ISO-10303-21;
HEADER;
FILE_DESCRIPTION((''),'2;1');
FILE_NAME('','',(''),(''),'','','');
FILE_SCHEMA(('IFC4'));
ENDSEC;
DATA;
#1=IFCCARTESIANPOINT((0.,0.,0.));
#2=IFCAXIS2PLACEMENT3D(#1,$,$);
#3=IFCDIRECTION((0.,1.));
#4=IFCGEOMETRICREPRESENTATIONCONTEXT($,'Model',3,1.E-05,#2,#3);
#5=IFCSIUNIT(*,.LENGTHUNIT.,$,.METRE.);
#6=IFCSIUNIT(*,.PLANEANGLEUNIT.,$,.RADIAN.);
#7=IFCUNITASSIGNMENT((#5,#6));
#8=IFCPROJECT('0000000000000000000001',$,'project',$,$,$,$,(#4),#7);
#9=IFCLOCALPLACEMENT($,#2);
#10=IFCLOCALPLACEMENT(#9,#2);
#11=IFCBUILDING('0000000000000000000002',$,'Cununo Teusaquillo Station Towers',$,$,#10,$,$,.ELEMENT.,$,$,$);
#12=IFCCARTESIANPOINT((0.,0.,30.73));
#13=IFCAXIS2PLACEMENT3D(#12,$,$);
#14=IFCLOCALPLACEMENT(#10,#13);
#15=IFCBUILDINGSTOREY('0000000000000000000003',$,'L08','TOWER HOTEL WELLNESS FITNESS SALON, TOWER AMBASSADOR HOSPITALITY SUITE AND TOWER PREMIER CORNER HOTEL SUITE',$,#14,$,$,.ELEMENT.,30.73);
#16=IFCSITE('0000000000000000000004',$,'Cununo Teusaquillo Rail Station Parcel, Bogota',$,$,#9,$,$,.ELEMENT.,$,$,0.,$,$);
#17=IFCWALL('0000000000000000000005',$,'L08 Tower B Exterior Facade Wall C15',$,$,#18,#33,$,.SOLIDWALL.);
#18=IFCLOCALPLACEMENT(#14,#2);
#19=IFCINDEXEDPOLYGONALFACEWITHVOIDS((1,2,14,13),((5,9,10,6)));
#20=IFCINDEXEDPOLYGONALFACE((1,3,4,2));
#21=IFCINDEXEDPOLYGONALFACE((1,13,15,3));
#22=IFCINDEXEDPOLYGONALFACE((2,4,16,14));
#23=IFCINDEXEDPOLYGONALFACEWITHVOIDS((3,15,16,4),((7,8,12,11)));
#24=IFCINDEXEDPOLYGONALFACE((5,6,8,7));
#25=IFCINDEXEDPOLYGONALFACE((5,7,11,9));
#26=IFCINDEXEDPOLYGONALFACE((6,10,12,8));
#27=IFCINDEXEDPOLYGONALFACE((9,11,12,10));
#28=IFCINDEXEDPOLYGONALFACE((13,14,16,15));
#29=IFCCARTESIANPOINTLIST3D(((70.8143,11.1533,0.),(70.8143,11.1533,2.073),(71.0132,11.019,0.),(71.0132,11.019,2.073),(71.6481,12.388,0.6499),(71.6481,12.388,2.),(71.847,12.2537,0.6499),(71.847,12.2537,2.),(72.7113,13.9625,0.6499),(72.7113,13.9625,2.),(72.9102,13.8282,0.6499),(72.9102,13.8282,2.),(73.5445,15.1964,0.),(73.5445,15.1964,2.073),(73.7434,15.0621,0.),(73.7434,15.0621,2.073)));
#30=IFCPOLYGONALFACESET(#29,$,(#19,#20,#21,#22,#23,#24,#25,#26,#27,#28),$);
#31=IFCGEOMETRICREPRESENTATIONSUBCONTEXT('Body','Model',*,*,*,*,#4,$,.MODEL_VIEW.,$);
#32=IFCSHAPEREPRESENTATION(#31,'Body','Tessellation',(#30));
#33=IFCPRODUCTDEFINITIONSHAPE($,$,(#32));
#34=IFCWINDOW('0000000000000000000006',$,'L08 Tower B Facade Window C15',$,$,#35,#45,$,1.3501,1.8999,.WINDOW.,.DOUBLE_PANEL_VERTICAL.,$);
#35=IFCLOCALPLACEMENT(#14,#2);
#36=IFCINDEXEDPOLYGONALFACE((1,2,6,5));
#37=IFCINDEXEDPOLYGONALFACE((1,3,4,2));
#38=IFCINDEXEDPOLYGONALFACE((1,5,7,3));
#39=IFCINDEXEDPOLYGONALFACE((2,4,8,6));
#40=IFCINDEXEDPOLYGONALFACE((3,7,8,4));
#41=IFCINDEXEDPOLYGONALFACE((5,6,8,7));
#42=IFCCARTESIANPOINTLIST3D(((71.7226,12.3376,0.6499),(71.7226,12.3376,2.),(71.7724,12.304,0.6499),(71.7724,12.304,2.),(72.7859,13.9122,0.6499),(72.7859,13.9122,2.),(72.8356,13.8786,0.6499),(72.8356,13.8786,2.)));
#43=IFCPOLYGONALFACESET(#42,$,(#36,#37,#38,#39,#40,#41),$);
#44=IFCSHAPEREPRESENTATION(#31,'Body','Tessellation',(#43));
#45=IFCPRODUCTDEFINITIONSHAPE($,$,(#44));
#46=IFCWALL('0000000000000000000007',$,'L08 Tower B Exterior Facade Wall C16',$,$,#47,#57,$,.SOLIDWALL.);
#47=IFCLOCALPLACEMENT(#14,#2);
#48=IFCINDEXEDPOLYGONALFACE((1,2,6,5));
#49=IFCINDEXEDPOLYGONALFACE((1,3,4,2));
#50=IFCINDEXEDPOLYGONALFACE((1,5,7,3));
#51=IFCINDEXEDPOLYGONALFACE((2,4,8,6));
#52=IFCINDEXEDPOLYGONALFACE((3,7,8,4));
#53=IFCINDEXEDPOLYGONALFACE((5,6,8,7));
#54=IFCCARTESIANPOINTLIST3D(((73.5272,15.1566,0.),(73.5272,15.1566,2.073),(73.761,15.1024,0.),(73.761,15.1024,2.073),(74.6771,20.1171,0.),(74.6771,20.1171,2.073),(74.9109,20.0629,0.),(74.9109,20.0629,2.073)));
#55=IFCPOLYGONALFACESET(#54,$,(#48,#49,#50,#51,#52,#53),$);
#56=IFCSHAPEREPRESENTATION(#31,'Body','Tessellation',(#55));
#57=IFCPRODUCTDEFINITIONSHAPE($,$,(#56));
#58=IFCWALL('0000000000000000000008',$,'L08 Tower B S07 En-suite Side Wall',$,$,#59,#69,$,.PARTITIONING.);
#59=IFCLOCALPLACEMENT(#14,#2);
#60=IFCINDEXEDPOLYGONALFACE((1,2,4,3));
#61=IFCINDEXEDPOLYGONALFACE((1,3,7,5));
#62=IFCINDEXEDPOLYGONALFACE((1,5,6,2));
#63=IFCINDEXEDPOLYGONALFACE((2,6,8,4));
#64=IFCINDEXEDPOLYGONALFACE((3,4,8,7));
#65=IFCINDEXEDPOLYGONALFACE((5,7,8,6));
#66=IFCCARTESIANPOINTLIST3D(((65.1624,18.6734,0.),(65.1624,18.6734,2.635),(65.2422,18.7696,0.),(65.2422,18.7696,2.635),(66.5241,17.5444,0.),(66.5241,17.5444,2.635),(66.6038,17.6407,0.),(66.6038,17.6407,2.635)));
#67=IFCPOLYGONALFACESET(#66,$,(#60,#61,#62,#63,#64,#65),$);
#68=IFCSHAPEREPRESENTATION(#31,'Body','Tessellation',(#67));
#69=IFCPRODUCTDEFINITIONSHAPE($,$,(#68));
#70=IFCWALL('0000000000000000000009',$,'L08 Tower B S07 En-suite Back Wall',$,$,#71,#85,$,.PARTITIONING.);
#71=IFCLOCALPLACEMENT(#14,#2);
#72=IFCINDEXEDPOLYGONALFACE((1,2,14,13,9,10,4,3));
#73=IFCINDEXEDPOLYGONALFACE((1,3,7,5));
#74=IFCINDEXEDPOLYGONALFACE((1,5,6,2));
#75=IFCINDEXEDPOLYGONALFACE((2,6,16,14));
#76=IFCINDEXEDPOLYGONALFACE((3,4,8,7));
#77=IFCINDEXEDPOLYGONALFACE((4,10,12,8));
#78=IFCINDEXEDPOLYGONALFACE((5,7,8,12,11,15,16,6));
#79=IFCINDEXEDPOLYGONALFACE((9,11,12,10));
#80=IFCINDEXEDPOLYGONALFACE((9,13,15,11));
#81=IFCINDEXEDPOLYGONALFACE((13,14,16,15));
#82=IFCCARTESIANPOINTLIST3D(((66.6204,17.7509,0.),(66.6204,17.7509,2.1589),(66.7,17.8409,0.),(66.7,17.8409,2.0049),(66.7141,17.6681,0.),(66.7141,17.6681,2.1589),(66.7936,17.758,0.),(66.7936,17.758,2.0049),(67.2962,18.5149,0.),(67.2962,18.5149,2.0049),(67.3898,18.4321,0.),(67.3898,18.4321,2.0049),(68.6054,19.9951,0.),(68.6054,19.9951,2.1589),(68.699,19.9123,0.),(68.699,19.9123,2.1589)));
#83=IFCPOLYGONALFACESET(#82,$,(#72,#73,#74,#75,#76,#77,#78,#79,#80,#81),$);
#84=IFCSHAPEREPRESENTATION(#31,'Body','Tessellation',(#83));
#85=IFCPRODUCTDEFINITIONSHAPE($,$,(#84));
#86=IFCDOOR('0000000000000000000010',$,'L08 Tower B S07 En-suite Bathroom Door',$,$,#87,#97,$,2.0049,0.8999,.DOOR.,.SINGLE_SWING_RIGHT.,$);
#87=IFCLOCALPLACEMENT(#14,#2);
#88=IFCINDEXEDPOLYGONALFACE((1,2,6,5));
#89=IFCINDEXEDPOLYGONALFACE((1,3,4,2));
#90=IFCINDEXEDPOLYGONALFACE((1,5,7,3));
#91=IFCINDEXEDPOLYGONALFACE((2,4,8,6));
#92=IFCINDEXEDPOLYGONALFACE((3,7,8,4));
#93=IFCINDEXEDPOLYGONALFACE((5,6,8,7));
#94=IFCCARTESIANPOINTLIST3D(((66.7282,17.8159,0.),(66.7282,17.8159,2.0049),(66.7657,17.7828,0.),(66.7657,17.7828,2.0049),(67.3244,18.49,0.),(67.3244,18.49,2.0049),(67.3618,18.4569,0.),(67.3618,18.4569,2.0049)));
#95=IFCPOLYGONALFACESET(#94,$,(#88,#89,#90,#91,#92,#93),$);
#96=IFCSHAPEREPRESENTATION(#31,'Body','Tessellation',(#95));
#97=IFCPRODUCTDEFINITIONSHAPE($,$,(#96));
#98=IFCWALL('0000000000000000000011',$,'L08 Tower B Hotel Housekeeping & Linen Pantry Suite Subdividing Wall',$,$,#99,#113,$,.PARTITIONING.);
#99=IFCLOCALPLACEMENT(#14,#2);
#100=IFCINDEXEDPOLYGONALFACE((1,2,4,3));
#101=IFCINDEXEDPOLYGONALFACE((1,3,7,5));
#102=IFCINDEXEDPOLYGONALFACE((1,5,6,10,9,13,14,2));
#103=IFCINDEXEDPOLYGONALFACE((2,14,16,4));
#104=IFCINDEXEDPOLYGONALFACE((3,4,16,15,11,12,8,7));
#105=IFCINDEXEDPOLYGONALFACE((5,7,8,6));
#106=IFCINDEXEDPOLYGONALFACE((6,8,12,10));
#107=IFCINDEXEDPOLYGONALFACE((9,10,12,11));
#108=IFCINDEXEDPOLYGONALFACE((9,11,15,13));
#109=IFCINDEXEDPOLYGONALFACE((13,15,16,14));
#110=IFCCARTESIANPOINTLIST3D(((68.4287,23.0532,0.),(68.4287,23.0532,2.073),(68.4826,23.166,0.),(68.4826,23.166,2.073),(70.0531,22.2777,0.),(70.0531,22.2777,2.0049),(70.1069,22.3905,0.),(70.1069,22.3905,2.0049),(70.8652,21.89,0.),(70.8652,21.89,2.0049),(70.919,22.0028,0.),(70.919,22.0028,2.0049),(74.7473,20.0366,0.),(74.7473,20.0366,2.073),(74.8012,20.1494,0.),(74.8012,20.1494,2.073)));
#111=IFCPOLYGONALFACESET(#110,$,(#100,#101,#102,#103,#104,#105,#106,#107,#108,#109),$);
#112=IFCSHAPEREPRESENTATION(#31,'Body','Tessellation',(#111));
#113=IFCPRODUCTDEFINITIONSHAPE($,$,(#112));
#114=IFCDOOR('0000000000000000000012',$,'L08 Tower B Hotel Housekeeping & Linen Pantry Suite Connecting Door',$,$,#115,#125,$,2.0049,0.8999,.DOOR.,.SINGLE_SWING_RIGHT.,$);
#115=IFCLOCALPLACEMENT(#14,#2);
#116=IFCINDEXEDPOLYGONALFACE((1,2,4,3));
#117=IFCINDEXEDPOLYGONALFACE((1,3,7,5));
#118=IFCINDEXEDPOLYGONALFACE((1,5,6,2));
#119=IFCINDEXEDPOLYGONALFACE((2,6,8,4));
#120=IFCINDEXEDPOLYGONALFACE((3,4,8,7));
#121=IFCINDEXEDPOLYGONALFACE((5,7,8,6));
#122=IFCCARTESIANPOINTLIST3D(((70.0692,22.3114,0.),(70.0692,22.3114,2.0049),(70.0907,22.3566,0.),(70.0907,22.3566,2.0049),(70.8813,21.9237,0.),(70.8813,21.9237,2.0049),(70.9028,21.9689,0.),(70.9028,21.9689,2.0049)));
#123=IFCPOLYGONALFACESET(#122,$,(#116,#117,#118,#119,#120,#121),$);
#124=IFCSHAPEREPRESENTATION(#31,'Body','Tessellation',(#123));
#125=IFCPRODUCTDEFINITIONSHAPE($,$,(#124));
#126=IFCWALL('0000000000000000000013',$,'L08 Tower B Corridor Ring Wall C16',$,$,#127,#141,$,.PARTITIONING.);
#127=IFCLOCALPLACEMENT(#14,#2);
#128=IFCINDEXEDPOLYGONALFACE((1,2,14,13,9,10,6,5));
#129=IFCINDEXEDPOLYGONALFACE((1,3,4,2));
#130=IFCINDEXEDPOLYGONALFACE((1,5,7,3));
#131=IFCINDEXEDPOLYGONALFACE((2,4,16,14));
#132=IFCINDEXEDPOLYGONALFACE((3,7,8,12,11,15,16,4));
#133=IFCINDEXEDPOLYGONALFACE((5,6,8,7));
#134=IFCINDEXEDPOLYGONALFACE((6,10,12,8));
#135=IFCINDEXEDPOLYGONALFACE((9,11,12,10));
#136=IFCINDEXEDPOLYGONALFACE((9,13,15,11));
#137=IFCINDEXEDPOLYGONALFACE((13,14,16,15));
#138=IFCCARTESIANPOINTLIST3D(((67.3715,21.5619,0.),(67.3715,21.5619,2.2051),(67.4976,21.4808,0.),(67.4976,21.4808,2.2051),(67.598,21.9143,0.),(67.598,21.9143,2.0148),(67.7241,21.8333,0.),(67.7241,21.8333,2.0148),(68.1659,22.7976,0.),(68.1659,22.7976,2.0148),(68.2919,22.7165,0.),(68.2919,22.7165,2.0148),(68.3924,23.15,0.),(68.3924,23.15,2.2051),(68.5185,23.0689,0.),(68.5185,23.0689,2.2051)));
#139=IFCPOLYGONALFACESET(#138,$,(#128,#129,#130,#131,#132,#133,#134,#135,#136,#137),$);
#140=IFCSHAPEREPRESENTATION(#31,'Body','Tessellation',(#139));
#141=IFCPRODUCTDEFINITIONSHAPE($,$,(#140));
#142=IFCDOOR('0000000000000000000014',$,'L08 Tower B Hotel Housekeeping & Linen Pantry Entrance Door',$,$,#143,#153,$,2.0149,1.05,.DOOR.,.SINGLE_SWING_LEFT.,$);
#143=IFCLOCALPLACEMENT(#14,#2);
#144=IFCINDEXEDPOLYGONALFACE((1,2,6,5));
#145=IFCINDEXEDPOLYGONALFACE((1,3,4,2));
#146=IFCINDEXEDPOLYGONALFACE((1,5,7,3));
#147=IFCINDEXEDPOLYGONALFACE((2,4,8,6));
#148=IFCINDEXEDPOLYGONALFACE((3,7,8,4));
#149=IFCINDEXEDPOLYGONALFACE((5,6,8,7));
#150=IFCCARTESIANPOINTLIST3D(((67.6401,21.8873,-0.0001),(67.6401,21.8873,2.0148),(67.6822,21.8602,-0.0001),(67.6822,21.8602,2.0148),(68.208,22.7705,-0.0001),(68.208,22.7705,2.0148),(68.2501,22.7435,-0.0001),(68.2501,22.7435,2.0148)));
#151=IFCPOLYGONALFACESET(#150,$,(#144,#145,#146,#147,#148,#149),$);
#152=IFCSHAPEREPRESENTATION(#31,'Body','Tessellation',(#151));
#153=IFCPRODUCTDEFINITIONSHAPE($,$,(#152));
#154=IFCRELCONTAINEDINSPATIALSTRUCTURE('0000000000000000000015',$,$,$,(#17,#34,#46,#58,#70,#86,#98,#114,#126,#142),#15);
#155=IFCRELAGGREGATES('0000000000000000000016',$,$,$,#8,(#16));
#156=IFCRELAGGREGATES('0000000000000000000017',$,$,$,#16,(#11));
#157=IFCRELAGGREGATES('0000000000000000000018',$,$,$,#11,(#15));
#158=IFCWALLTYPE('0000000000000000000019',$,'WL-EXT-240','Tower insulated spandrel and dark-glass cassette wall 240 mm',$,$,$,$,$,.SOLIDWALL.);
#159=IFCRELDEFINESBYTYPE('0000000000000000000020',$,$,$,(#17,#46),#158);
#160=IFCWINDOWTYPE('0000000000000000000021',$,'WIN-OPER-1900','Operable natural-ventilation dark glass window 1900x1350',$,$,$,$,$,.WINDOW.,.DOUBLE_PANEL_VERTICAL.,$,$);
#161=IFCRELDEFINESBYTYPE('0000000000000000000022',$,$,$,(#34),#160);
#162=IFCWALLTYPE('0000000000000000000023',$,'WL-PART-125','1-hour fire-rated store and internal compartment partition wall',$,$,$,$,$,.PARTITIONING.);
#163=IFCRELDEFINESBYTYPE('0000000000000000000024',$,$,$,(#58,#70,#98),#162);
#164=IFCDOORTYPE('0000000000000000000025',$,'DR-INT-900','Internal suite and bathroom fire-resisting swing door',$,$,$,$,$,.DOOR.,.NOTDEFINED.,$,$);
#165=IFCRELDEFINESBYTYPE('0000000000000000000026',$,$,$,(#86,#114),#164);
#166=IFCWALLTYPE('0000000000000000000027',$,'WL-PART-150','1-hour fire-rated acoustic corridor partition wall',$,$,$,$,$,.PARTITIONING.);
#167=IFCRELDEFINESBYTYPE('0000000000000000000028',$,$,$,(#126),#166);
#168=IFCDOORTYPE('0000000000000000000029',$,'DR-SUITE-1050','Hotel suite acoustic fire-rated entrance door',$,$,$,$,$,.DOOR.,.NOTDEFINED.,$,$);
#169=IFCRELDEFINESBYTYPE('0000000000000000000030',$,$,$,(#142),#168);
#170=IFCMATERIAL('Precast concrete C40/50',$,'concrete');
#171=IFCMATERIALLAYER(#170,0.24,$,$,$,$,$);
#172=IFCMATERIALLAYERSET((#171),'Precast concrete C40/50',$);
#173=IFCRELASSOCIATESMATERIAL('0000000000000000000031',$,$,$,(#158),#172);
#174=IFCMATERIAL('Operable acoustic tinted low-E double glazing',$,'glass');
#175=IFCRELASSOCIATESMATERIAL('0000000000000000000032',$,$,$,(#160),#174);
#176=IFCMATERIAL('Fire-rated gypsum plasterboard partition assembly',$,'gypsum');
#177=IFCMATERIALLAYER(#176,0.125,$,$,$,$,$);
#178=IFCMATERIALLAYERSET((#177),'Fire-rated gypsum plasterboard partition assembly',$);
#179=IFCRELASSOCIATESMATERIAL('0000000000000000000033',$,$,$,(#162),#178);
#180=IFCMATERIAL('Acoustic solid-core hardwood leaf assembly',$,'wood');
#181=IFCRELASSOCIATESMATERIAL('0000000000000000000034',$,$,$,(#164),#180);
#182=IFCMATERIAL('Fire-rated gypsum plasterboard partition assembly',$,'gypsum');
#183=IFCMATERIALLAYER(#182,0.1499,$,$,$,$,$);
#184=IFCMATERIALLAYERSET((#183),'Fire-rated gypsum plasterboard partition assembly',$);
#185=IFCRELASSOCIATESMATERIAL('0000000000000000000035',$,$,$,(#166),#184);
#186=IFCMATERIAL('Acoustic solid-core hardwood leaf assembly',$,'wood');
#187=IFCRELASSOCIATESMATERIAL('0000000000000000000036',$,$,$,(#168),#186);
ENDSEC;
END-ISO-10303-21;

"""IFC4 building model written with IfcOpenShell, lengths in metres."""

from ifc_helpers import new_model, si_unit, direction, frame, frame_2d, origin, place, context, subcontext, project, spatial, rectangle, extrude, source, transform, mapped, material, layer, layer_set, type_object, element, fill, save


model = new_model("IFC4")

# Units and contexts
model_context = context("Model", 3, precision=1e-05, world=origin(), true_north=direction((0.0, 1.0)))
body_context = subcontext(model_context, "Body", "Model", "MODEL_VIEW")
ifc_project = project(units=[si_unit("LENGTHUNIT", "METRE"), si_unit("PLANEANGLEUNIT", "RADIAN")], contexts=[model_context])

# Site, building, storey
site_placement = place(None, origin())
site = spatial("IfcSite", under=ifc_project, at=site_placement, Name="Cununo Teusaquillo Rail Station Parcel, Bogota", CompositionType="ELEMENT", RefElevation=0.0)
building_placement = place(site_placement, origin())
building = spatial("IfcBuilding", under=site, at=building_placement, Name="Cununo Teusaquillo Station Towers", CompositionType="ELEMENT")
storey_placement = place(building_placement, frame((0.0, 0.0, 30.73)))
storey = spatial("IfcBuildingStorey", under=building, at=storey_placement, Name="L08", Description="TOWER HOTEL WELLNESS FITNESS SALON, TOWER AMBASSADOR HOSPITALITY SUITE AND TOWER PREMIER CORNER HOTEL SUITE", CompositionType="ELEMENT", Elevation=30.73)

# Shared definitions
ifc_material_1 = material(Name="Precast concrete C40/50", Category="concrete")
ifc_layer_1 = layer(ifc_material_1, 0.24)
ifc_layer_set_1 = layer_set([ifc_layer_1], Name="Precast concrete C40/50")
wall_type_1 = type_object("IfcWallType", Name="WL-EXT-240", Description="Tower insulated spandrel and dark-glass cassette wall 240 mm", PredefinedType="SOLIDWALL", material=ifc_layer_set_1)

# Wall, opening, window
wall_1_placement = place(storey_placement, frame((73.644, 15.1294, 0.0), z_axis=(0.0, 0.0, 1.0), x_axis=(-0.559622, -0.828748, 0.0)))
wall_1 = element("IfcWall", 1, at=wall_1_placement, inside=storey, type_object=wall_type_1, Name="L08 Tower B Exterior Facade Wall C15", PredefinedType="SOLIDWALL", context=body_context, shape_type="SweptSolid", body=[
    extrude(rectangle(XDim=4.8787, YDim=0.24, at=frame_2d((2.4395, 0.0))), origin(), (0.0, 0.0, 1.0), 2.073),
])
shared_shape_1 = source(origin(), body_context, "Body", "SweptSolid", [
    extrude(rectangle(XDim=1.8999, YDim=1.3501, at=frame_2d((0.95, 0.675))), frame((0.0, 0.1299, 0.0), z_axis=(0.0, -1.0, 0.0), x_axis=(1.0, 0.0, 0.0)), (0.0, 0.0, 1.0), 0.26),
])
opening_1_placement = place(wall_1_placement, frame((1.489, 0.0, 0.6499)))
opening_1 = element("IfcOpeningElement", 2, at=opening_1_placement, cuts=wall_1, PredefinedType="OPENING", context=body_context, shape_type="MappedRepresentation", body=[
    mapped(shared_shape_1, transform((0.0, 0.0, 0.0), x_axis=(1.0, 0.0, 0.0), y_axis=(0.0, 1.0, 0.0), z_axis=(0.0, 0.0, 1.0), scale=1.0)),
])
ifc_material_2 = material(Name="Operable acoustic tinted low-E double glazing", Category="glass")
window_type_1 = type_object("IfcWindowType", Name="WIN-OPER-1900", Description="Operable natural-ventilation dark glass window 1900x1350", PartitioningType="DOUBLE_PANEL_VERTICAL", PredefinedType="WINDOW", material=ifc_material_2)
shared_shape_2 = source(origin(), body_context, "Body", "SweptSolid", [
    extrude(rectangle(XDim=1.8999, YDim=1.3501, at=frame_2d((0.95, 0.675))), frame((0.0, 0.03, 0.0), z_axis=(0.0, -1.0, 0.0), x_axis=(1.0, 0.0, 0.0)), (0.0, 0.0, 1.0), 0.0601),
])
window_1_placement = place(opening_1_placement, origin())
window_1 = element("IfcWindow", 3, at=window_1_placement, inside=storey, type_object=window_type_1, Name="L08 Tower B Facade Window C15", OverallHeight=1.3501, OverallWidth=1.8999, PartitioningType="DOUBLE_PANEL_VERTICAL", PredefinedType="WINDOW", context=body_context, shape_type="MappedRepresentation", body=[
    mapped(shared_shape_2, transform((0.0, 0.0, 0.0), x_axis=(1.0, 0.0, 0.0), y_axis=(0.0, 1.0, 0.0), z_axis=(0.0, 0.0, 1.0), scale=1.0)),
])
fill(opening_1, window_1)

# Walls
wall_2_placement = place(storey_placement, frame((74.7939, 20.0898, 0.0), z_axis=(0.0, 0.0, 1.0), x_axis=(-0.225826, -0.974168, 0.0)))
element("IfcWall", 4, at=wall_2_placement, inside=storey, type_object=wall_type_1, Name="L08 Tower B Exterior Facade Wall C16", PredefinedType="SOLIDWALL", context=body_context, shape_type="SweptSolid", body=[
    extrude(rectangle(XDim=5.092, YDim=0.24, at=frame_2d((2.5459, 0.0))), origin(), (0.0, 0.0, 1.0), 2.073),
])
ifc_material_3 = material(Name="Fire-rated gypsum plasterboard partition assembly", Category="gypsum")
ifc_layer_2 = layer(ifc_material_3, 0.125)
ifc_layer_set_2 = layer_set([ifc_layer_2], Name="Fire-rated gypsum plasterboard partition assembly")
wall_type_2 = type_object("IfcWallType", Name="WL-PART-125", Description="1-hour fire-rated store and internal compartment partition wall", PredefinedType="PARTITIONING", material=ifc_layer_set_2)
wall_3_placement = place(storey_placement, frame((65.2024, 18.7214, 0.0), z_axis=(0.0, 0.0, 1.0), x_axis=(0.769814, -0.638268, 0.0)))
element("IfcWall", 5, at=wall_3_placement, inside=storey, type_object=wall_type_2, Name="L08 Tower B S07 En-suite Side Wall", PredefinedType="PARTITIONING", context=body_context, shape_type="SweptSolid", body=[
    extrude(rectangle(XDim=1.7688, YDim=0.125, at=frame_2d((0.8843, 0.0))), origin(), (0.0, 0.0, 1.0), 2.635),
])

# Walls, openings, doors
wall_4_placement = place(storey_placement, frame((66.6672, 17.7095, 0.0), z_axis=(0.0, 0.0, 1.0), x_axis=(0.662511, 0.749053, 0.0)))
wall_4 = element("IfcWall", 6, at=wall_4_placement, inside=storey, type_object=wall_type_2, Name="L08 Tower B S07 En-suite Back Wall", PredefinedType="PARTITIONING", context=body_context, shape_type="SweptSolid", body=[
    extrude(rectangle(XDim=2.9961, YDim=0.125, at=frame_2d((1.498, 0.0))), origin(), (0.0, 0.0, 1.0), 2.1589),
])
shared_shape_3 = source(origin(), body_context, "Body", "SweptSolid", [
    extrude(rectangle(XDim=0.8999, YDim=2.0049, at=frame_2d((0.45, 1.0024))), frame((0.0, 0.0725, 0.0), z_axis=(0.0, -1.0, 0.0), x_axis=(1.0, 0.0, 0.0)), (0.0, 0.0, 1.0), 0.145),
])
opening_2_placement = place(wall_4_placement, frame((0.1201, 0.0, 0.0)))
opening_2 = element("IfcOpeningElement", 7, at=opening_2_placement, cuts=wall_4, PredefinedType="OPENING", context=body_context, shape_type="MappedRepresentation", body=[
    mapped(shared_shape_3, transform((0.0, 0.0, 0.0), x_axis=(1.0, 0.0, 0.0), y_axis=(0.0, 1.0, 0.0), z_axis=(0.0, 0.0, 1.0), scale=1.0)),
])
ifc_material_4 = material(Name="Acoustic solid-core hardwood leaf assembly", Category="wood")
door_type_1 = type_object("IfcDoorType", Name="DR-INT-900", Description="Internal suite and bathroom fire-resisting swing door", OperationType="NOTDEFINED", PredefinedType="DOOR", material=ifc_material_4)
shared_shape_4 = source(origin(), body_context, "Body", "SweptSolid", [
    extrude(rectangle(XDim=0.8999, YDim=2.0049, at=frame_2d((0.45, 1.0024))), frame((0.0, 0.0249, 0.0), z_axis=(0.0, -1.0, 0.0), x_axis=(1.0, 0.0, 0.0)), (0.0, 0.0, 1.0), 0.05),
])
door_1_placement = place(opening_2_placement, origin())
door_1 = element("IfcDoor", 8, at=door_1_placement, inside=storey, type_object=door_type_1, Name="L08 Tower B S07 En-suite Bathroom Door", OperationType="SINGLE_SWING_RIGHT", OverallHeight=2.0049, OverallWidth=0.8999, PredefinedType="DOOR", context=body_context, shape_type="MappedRepresentation", body=[
    mapped(shared_shape_4, transform((0.0, 0.0, 0.0), x_axis=(1.0, 0.0, 0.0), y_axis=(0.0, 1.0, 0.0), z_axis=(0.0, 0.0, 1.0), scale=1.0)),
])
fill(opening_2, door_1)
wall_5_placement = place(storey_placement, frame((68.4556, 23.1096, 0.0), z_axis=(0.0, 0.0, 1.0), x_axis=(0.902431, -0.430835, 0.0)))
wall_5 = element("IfcWall", 9, at=wall_5_placement, inside=storey, type_object=wall_type_2, Name="L08 Tower B Hotel Housekeeping & Linen Pantry Suite Subdividing Wall", PredefinedType="PARTITIONING", context=body_context, shape_type="SweptSolid", body=[
    extrude(rectangle(XDim=7.0017, YDim=0.125, at=frame_2d((3.501, 0.0))), origin(), (0.0, 0.0, 1.0), 2.073),
])
opening_3_placement = place(wall_5_placement, frame((1.8, 0.0, 0.0)))
opening_3 = element("IfcOpeningElement", 10, at=opening_3_placement, cuts=wall_5, PredefinedType="OPENING", context=body_context, shape_type="MappedRepresentation", body=[
    mapped(shared_shape_3, transform((0.0, 0.0, 0.0), x_axis=(1.0, 0.0, 0.0), y_axis=(0.0, 1.0, 0.0), z_axis=(0.0, 0.0, 1.0), scale=1.0)),
])
door_2_placement = place(opening_3_placement, origin())
door_2 = element("IfcDoor", 11, at=door_2_placement, inside=storey, type_object=door_type_1, Name="L08 Tower B Hotel Housekeeping & Linen Pantry Suite Connecting Door", OperationType="SINGLE_SWING_RIGHT", OverallHeight=2.0049, OverallWidth=0.8999, PredefinedType="DOOR", context=body_context, shape_type="MappedRepresentation", body=[
    mapped(shared_shape_4, transform((0.0, 0.0, 0.0), x_axis=(1.0, 0.0, 0.0), y_axis=(0.0, 1.0, 0.0), z_axis=(0.0, 0.0, 1.0), scale=1.0)),
])
fill(opening_3, door_2)
ifc_material_5 = material(Name="Fire-rated gypsum plasterboard partition assembly", Category="gypsum")
ifc_layer_3 = layer(ifc_material_5, 0.1499)
ifc_layer_set_3 = layer_set([ifc_layer_3], Name="Fire-rated gypsum plasterboard partition assembly")
wall_type_3 = type_object("IfcWallType", Name="WL-PART-150", Description="1-hour fire-rated acoustic corridor partition wall", PredefinedType="PARTITIONING", material=ifc_layer_set_3)
wall_6_placement = place(storey_placement, frame((67.4346, 21.5215, 0.0), z_axis=(0.0, 0.0, 1.0), x_axis=(0.540777, 0.841166, 0.0)))
wall_6 = element("IfcWall", 12, at=wall_6_placement, inside=storey, type_object=wall_type_3, Name="L08 Tower B Corridor Ring Wall C16", PredefinedType="PARTITIONING", context=body_context, shape_type="SweptSolid", body=[
    extrude(rectangle(XDim=1.8879, YDim=0.1499, at=frame_2d((0.9438, 0.0))), origin(), (0.0, 0.0, 1.0), 2.2051),
])
shared_shape_5 = source(origin(), body_context, "Body", "SweptSolid", [
    extrude(rectangle(XDim=1.05, YDim=2.0149, at=frame_2d((0.5249, 1.0073))), frame((0.0, 0.085, 0.0), z_axis=(0.0, -1.0, 0.0), x_axis=(1.0, 0.0, 0.0)), (0.0, 0.0, 1.0), 0.1699),
])
opening_4_placement = place(wall_6_placement, frame((0.4189, 0.0, 0.0)))
opening_4 = element("IfcOpeningElement", 13, at=opening_4_placement, cuts=wall_6, PredefinedType="OPENING", context=body_context, shape_type="MappedRepresentation", body=[
    mapped(shared_shape_5, transform((0.0, 0.0, 0.0), x_axis=(1.0, 0.0, 0.0), y_axis=(0.0, 1.0, 0.0), z_axis=(0.0, 0.0, 1.0), scale=1.0)),
])
ifc_material_6 = material(Name="Acoustic solid-core hardwood leaf assembly", Category="wood")
door_type_2 = type_object("IfcDoorType", Name="DR-SUITE-1050", Description="Hotel suite acoustic fire-rated entrance door", OperationType="NOTDEFINED", PredefinedType="DOOR", material=ifc_material_6)
shared_shape_6 = source(origin(), body_context, "Body", "SweptSolid", [
    extrude(rectangle(XDim=1.05, YDim=2.0149, at=frame_2d((0.5249, 1.0073))), frame((0.0, 0.0249, 0.0), z_axis=(0.0, -1.0, 0.0), x_axis=(1.0, 0.0, 0.0)), (0.0, 0.0, 1.0), 0.05),
])
door_3_placement = place(opening_4_placement, origin())
door_3 = element("IfcDoor", 14, at=door_3_placement, inside=storey, type_object=door_type_2, Name="L08 Tower B Hotel Housekeeping & Linen Pantry Entrance Door", OperationType="SINGLE_SWING_LEFT", OverallHeight=2.0149, OverallWidth=1.05, PredefinedType="DOOR", context=body_context, shape_type="MappedRepresentation", body=[
    mapped(shared_shape_6, transform((0.0, 0.0, 0.0), x_axis=(1.0, 0.0, 0.0), y_axis=(0.0, 1.0, 0.0), z_axis=(0.0, 0.0, 1.0), scale=1.0)),
])
fill(opening_4, door_3)

save(model, "model.ifc")
